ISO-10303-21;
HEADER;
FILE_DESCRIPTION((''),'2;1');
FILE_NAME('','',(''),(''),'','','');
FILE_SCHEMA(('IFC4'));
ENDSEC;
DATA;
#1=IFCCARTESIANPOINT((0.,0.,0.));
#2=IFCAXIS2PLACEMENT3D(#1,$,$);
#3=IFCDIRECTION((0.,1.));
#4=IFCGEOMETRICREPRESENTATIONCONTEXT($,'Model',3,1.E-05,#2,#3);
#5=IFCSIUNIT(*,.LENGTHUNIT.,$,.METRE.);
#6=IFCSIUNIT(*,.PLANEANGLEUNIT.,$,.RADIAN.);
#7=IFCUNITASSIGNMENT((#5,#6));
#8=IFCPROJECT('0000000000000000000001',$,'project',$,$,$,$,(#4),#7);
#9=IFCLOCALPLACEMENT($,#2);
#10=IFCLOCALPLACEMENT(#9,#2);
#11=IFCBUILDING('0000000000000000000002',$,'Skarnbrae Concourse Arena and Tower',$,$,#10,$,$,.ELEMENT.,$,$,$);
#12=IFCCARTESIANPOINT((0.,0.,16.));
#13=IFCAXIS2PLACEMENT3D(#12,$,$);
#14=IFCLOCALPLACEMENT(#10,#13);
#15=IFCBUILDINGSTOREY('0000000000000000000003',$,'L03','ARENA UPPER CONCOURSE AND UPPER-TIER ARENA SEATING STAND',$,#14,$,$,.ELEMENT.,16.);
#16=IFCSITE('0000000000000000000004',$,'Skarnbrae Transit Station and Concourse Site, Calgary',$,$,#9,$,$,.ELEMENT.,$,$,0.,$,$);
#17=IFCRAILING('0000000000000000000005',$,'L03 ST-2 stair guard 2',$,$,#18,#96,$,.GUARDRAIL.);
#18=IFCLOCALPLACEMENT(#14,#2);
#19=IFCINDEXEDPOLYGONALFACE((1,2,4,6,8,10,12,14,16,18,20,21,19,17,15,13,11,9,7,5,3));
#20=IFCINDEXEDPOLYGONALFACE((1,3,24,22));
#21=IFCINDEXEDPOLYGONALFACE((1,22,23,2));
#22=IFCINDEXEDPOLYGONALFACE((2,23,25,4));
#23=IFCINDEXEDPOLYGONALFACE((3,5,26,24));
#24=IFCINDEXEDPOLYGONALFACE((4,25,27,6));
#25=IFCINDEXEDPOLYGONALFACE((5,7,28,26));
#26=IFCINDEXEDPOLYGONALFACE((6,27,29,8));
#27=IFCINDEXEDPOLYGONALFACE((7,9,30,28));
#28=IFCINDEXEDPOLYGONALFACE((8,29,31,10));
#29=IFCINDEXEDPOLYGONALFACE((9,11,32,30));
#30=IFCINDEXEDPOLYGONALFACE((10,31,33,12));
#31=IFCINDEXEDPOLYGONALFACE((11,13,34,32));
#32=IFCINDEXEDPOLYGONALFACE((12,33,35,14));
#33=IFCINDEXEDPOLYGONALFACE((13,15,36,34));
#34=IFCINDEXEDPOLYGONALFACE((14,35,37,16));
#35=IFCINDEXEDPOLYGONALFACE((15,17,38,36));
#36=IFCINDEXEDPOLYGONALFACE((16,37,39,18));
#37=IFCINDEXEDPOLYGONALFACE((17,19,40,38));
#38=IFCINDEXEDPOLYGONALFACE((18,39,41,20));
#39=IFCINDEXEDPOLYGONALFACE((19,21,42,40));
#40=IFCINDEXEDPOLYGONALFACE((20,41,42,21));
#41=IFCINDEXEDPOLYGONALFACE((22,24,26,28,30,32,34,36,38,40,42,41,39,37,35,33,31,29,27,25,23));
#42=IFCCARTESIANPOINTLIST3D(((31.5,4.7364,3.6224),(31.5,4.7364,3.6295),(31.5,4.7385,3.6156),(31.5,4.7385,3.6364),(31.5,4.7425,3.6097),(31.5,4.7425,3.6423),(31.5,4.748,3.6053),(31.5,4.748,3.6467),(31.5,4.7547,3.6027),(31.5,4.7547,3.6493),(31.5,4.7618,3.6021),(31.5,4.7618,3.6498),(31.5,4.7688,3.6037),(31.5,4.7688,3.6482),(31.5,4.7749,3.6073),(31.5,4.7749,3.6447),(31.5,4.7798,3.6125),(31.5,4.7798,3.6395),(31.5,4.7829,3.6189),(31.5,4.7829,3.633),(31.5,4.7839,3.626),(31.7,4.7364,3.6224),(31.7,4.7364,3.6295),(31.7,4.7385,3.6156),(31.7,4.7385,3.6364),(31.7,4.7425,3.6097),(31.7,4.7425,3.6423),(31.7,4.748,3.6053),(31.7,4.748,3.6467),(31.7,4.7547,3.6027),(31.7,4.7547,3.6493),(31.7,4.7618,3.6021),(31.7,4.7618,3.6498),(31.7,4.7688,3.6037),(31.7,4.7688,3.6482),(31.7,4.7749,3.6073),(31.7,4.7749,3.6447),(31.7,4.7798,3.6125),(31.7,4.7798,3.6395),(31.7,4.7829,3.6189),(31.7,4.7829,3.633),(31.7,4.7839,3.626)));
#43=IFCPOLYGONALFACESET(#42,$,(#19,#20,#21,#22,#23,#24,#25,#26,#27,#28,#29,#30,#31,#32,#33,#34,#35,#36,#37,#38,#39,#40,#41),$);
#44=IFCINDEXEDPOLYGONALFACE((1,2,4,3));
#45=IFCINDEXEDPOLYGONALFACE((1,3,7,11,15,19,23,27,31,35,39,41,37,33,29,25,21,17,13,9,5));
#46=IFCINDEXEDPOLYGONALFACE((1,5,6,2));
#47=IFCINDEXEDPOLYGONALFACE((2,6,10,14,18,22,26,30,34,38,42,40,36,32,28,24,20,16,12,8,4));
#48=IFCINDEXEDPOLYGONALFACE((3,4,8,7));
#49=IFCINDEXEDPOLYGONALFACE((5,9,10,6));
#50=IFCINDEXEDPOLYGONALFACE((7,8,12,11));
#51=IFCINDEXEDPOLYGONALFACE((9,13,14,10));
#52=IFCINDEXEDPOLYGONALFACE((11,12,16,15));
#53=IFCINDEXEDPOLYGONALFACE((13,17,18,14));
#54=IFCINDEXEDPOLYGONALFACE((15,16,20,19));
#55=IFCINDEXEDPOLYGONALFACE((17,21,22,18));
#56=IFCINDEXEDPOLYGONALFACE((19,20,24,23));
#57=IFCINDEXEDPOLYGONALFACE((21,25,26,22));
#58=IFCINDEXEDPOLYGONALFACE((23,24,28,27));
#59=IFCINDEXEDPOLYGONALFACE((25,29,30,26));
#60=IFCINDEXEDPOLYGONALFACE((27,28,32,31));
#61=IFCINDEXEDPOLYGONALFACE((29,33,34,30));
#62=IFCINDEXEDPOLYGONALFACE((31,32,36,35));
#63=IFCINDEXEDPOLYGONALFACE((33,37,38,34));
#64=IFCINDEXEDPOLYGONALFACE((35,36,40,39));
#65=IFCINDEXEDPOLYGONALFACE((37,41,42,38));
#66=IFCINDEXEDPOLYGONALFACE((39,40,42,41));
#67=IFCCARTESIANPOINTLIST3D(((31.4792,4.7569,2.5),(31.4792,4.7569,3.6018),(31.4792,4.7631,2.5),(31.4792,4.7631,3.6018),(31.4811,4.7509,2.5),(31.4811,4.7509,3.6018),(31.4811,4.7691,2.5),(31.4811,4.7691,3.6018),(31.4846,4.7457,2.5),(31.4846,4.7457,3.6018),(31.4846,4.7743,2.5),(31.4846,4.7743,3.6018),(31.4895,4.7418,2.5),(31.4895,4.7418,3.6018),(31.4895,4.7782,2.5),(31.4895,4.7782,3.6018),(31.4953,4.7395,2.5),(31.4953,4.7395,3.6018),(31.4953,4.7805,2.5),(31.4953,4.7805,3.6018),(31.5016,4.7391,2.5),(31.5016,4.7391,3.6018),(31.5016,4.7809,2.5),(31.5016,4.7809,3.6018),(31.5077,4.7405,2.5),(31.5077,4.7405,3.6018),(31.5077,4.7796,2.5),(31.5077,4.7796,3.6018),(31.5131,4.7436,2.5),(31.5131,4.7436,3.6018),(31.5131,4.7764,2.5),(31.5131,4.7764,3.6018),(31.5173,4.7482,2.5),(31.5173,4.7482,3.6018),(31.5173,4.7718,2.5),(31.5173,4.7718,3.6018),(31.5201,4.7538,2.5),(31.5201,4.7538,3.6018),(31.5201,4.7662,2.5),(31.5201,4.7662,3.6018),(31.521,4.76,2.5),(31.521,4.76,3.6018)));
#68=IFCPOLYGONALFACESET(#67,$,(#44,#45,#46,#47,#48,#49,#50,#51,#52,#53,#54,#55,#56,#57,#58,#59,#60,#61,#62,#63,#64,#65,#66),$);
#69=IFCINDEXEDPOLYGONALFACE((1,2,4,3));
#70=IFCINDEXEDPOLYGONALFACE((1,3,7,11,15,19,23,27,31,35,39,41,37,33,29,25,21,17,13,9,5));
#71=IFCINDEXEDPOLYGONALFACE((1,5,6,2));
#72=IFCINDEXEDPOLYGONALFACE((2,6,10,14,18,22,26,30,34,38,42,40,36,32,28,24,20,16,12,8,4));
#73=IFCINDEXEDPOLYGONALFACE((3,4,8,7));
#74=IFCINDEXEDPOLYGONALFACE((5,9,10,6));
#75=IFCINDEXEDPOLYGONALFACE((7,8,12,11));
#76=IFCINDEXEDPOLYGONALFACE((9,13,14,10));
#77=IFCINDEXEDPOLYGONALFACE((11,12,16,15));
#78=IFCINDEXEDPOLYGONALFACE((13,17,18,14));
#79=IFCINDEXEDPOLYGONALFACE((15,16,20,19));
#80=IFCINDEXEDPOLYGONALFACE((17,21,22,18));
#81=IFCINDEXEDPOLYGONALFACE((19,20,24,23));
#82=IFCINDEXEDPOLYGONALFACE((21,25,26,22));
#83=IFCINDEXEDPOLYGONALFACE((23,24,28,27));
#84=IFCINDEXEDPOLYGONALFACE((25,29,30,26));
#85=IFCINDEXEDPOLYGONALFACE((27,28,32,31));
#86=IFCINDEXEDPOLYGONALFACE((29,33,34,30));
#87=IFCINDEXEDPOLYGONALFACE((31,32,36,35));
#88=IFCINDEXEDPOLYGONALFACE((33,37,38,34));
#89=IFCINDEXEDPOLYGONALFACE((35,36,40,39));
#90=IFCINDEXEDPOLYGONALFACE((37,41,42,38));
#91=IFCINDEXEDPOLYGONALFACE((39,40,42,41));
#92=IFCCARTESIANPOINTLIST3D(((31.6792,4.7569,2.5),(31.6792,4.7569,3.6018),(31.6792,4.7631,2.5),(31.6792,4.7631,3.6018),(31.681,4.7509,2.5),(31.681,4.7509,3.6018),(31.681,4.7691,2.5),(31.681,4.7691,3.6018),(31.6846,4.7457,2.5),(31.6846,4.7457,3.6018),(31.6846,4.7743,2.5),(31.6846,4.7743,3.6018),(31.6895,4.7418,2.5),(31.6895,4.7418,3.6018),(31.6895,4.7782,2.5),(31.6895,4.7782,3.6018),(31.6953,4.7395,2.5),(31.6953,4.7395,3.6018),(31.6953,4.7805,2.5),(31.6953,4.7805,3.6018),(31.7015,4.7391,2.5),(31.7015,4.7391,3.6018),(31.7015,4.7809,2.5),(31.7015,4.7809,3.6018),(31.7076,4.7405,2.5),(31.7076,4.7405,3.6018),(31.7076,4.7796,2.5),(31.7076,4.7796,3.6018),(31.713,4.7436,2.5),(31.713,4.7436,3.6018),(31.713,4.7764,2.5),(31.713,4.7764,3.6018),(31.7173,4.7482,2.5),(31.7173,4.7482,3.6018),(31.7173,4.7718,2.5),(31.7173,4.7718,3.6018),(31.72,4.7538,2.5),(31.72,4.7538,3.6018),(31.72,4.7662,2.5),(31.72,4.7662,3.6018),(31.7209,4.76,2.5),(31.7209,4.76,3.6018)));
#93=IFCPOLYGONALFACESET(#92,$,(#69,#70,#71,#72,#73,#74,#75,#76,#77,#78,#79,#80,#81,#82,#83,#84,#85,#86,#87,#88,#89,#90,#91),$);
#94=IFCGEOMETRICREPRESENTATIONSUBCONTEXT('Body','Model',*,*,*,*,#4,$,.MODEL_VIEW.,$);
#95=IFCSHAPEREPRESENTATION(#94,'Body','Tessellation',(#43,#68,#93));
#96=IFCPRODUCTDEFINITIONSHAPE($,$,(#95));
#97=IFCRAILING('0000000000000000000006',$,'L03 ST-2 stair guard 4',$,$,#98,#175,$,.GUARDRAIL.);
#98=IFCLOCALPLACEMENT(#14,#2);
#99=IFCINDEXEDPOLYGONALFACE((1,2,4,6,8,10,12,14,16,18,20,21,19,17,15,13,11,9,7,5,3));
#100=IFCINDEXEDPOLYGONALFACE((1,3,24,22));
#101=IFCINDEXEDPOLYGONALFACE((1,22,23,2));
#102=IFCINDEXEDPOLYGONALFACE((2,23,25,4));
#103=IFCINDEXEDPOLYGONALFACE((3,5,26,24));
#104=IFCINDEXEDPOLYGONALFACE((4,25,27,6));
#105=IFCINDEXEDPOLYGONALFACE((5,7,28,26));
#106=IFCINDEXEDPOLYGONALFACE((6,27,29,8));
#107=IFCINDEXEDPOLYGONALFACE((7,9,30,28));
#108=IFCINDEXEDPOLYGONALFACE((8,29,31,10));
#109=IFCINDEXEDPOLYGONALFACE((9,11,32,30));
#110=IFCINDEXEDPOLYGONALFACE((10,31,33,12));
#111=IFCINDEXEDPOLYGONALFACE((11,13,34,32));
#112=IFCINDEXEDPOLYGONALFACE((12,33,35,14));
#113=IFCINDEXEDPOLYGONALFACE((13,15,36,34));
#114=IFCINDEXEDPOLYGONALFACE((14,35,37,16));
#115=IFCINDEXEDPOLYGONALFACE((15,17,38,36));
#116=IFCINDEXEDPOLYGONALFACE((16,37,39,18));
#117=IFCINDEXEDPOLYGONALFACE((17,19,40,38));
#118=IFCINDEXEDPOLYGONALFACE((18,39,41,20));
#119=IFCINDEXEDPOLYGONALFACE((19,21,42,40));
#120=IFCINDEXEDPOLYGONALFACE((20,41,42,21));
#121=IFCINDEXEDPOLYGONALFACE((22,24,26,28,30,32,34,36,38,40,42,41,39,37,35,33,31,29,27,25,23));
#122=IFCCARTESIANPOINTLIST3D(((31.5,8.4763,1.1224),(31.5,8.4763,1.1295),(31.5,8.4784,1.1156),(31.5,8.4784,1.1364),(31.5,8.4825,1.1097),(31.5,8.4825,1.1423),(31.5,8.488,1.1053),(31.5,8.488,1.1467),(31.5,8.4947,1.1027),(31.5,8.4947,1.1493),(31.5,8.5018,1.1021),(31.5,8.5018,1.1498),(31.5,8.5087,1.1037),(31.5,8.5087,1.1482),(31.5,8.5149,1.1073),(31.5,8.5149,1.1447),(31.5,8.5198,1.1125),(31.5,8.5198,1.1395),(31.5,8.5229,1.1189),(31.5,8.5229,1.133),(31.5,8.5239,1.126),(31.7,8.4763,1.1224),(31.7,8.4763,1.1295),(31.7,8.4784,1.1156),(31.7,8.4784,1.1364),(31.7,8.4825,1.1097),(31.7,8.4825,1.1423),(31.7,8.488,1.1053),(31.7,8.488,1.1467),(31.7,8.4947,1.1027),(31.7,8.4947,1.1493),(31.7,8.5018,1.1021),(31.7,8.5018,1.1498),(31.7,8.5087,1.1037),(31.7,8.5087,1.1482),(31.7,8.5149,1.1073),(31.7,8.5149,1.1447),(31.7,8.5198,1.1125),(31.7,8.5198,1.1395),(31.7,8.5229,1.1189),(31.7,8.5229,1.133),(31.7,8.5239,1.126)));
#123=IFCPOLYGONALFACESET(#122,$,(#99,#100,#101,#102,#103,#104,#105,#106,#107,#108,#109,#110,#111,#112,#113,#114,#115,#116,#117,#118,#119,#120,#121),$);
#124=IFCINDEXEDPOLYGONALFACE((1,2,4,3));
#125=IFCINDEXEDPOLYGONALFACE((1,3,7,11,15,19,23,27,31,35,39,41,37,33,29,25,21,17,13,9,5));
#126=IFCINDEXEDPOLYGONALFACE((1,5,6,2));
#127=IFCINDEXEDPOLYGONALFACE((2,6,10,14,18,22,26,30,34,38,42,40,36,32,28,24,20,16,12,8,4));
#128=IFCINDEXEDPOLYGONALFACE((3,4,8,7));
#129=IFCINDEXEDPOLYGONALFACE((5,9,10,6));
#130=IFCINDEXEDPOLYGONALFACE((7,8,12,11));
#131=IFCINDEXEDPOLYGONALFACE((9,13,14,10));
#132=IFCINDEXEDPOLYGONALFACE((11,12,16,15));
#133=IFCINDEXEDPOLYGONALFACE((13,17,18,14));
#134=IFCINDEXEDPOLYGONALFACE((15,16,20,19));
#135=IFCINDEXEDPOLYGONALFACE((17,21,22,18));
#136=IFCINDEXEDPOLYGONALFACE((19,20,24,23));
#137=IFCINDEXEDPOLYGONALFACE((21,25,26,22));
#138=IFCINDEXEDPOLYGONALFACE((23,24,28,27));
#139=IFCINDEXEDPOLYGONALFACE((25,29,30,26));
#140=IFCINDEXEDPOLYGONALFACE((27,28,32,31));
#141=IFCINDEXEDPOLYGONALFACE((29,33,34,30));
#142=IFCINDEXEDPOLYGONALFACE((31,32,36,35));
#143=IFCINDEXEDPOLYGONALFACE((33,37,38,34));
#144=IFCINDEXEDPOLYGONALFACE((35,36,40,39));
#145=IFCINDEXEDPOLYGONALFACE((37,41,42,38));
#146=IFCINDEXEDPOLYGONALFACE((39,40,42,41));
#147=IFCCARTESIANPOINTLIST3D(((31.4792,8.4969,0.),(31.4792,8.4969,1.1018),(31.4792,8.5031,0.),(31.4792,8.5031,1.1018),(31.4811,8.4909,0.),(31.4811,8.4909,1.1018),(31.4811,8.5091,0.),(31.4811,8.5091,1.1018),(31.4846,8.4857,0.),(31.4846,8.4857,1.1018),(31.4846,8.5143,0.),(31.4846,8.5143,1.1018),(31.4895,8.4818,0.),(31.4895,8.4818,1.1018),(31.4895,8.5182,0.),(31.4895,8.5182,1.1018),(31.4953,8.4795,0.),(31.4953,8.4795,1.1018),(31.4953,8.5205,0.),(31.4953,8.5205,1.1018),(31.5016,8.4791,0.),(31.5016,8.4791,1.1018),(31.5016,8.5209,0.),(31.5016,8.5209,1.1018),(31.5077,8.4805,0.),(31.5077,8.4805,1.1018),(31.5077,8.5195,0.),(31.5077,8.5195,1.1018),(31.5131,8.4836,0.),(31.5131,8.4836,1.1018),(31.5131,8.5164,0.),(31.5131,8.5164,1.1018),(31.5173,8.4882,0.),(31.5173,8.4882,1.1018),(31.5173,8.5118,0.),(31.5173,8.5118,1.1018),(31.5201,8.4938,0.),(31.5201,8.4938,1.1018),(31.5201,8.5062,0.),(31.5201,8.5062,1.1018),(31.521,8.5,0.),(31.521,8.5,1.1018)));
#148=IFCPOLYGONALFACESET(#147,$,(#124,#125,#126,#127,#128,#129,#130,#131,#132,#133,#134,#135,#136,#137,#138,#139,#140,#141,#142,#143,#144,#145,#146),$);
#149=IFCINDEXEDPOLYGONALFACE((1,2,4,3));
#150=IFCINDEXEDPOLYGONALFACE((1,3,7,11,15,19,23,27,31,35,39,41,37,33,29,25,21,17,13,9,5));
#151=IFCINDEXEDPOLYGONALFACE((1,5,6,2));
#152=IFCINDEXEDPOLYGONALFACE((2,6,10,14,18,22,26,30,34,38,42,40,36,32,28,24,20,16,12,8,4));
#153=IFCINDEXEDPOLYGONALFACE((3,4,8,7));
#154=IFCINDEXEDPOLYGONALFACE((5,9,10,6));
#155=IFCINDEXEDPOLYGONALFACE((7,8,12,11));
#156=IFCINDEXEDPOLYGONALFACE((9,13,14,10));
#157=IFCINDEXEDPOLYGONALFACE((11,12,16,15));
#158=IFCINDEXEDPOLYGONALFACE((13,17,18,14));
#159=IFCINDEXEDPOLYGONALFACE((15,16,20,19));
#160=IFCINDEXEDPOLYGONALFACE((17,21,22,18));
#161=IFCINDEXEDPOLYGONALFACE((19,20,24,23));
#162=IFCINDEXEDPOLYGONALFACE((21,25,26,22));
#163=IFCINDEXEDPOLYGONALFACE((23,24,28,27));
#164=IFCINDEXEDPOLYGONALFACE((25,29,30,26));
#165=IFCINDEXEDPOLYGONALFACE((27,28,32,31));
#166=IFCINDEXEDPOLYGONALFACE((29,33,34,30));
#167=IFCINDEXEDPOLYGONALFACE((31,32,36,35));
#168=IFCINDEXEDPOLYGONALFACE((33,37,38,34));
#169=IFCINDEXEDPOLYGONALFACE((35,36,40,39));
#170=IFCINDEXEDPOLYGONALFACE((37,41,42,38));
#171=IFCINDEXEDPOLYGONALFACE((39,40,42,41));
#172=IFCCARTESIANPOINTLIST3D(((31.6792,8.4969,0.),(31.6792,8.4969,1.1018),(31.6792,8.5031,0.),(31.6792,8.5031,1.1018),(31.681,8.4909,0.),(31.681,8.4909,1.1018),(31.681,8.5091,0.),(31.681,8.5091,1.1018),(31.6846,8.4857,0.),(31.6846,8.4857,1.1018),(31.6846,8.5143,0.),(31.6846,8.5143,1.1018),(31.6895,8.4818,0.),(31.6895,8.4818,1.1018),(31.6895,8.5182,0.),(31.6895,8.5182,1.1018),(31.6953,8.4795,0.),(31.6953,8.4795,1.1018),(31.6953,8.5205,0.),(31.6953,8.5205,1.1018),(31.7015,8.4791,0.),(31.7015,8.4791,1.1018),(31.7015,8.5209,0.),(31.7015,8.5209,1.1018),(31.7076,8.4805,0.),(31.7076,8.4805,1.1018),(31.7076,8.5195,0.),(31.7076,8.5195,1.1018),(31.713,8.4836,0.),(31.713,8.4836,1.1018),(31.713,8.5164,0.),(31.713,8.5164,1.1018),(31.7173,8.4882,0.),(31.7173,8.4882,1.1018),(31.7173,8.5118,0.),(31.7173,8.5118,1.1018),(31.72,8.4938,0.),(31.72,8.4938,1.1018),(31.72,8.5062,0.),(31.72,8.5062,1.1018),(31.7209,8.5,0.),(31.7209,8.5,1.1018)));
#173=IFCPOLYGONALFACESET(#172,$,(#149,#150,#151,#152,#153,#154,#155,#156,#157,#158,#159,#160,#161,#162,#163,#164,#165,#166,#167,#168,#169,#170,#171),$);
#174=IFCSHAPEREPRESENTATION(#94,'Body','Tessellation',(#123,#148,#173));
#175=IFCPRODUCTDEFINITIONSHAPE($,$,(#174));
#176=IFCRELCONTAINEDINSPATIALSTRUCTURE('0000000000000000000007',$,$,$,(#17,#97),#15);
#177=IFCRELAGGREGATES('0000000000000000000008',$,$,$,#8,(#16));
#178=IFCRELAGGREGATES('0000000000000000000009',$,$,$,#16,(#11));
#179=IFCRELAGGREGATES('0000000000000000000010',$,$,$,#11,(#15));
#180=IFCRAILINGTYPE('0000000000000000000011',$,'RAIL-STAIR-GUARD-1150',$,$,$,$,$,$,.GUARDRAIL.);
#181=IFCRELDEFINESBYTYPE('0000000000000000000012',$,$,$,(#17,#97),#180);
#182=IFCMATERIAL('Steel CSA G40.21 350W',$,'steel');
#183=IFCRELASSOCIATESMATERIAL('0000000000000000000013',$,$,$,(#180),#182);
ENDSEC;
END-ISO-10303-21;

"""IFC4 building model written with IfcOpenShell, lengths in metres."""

from ifc_helpers import new_model, si_unit, direction, frame, origin, origin_2d, place, context, subcontext, project, spatial, circle, extrude, material, type_object, element, save


model = new_model("IFC4")

# Units and contexts
model_context = context("Model", 3, precision=1e-05, world=origin(), true_north=direction((0.0, 1.0)))
body_context = subcontext(model_context, "Body", "Model", "MODEL_VIEW")
ifc_project = project(units=[si_unit("LENGTHUNIT", "METRE"), si_unit("PLANEANGLEUNIT", "RADIAN")], contexts=[model_context])

# Site, building, storey
site_placement = place(None, origin())
site = spatial("IfcSite", under=ifc_project, at=site_placement, Name="Skarnbrae Transit Station and Concourse Site, Calgary", CompositionType="ELEMENT", RefElevation=0.0)
building_placement = place(site_placement, origin())
building = spatial("IfcBuilding", under=site, at=building_placement, Name="Skarnbrae Concourse Arena and Tower", CompositionType="ELEMENT")
storey_placement = place(building_placement, frame((0.0, 0.0, 16.0)))
storey = spatial("IfcBuildingStorey", under=building, at=storey_placement, Name="L03", Description="ARENA UPPER CONCOURSE AND UPPER-TIER ARENA SEATING STAND", CompositionType="ELEMENT", Elevation=16.0)

# Shared definitions
ifc_material_1 = material(Name="Steel CSA G40.21 350W", Category="steel")

# Railings
railing_type_1 = type_object("IfcRailingType", Name="RAIL-STAIR-GUARD-1150", PredefinedType="GUARDRAIL", material=ifc_material_1)
for number, where, name in (
    (1, (31.5, 4.76, 2.5), "L03 ST-2 stair guard 2"),
    (2, (31.5, 8.5, 0.0), "L03 ST-2 stair guard 4"),
):
    element("IfcRailing", number, at=place(storey_placement, frame(where)), inside=storey, type_object=railing_type_1, Name=name, PredefinedType="GUARDRAIL", context=body_context, shape_type="SweptSolid", body=[
        extrude(circle(Radius=0.0239, at=origin_2d()), frame((0.0, 0.0, 1.126), z_axis=(1.0, 0.0, 0.0), x_axis=(0.0, 1.0, 0.0)), (0.0, 0.0, 1.0), 0.2),
        extrude(circle(Radius=0.021, at=origin_2d()), origin(), (0.0, 0.0, 1.0), 1.1018),
        extrude(circle(Radius=0.021, at=origin_2d()), frame((0.2, 0.0, 0.0)), (0.0, 0.0, 1.0), 1.1018),
    ])

save(model, "model.ifc")
